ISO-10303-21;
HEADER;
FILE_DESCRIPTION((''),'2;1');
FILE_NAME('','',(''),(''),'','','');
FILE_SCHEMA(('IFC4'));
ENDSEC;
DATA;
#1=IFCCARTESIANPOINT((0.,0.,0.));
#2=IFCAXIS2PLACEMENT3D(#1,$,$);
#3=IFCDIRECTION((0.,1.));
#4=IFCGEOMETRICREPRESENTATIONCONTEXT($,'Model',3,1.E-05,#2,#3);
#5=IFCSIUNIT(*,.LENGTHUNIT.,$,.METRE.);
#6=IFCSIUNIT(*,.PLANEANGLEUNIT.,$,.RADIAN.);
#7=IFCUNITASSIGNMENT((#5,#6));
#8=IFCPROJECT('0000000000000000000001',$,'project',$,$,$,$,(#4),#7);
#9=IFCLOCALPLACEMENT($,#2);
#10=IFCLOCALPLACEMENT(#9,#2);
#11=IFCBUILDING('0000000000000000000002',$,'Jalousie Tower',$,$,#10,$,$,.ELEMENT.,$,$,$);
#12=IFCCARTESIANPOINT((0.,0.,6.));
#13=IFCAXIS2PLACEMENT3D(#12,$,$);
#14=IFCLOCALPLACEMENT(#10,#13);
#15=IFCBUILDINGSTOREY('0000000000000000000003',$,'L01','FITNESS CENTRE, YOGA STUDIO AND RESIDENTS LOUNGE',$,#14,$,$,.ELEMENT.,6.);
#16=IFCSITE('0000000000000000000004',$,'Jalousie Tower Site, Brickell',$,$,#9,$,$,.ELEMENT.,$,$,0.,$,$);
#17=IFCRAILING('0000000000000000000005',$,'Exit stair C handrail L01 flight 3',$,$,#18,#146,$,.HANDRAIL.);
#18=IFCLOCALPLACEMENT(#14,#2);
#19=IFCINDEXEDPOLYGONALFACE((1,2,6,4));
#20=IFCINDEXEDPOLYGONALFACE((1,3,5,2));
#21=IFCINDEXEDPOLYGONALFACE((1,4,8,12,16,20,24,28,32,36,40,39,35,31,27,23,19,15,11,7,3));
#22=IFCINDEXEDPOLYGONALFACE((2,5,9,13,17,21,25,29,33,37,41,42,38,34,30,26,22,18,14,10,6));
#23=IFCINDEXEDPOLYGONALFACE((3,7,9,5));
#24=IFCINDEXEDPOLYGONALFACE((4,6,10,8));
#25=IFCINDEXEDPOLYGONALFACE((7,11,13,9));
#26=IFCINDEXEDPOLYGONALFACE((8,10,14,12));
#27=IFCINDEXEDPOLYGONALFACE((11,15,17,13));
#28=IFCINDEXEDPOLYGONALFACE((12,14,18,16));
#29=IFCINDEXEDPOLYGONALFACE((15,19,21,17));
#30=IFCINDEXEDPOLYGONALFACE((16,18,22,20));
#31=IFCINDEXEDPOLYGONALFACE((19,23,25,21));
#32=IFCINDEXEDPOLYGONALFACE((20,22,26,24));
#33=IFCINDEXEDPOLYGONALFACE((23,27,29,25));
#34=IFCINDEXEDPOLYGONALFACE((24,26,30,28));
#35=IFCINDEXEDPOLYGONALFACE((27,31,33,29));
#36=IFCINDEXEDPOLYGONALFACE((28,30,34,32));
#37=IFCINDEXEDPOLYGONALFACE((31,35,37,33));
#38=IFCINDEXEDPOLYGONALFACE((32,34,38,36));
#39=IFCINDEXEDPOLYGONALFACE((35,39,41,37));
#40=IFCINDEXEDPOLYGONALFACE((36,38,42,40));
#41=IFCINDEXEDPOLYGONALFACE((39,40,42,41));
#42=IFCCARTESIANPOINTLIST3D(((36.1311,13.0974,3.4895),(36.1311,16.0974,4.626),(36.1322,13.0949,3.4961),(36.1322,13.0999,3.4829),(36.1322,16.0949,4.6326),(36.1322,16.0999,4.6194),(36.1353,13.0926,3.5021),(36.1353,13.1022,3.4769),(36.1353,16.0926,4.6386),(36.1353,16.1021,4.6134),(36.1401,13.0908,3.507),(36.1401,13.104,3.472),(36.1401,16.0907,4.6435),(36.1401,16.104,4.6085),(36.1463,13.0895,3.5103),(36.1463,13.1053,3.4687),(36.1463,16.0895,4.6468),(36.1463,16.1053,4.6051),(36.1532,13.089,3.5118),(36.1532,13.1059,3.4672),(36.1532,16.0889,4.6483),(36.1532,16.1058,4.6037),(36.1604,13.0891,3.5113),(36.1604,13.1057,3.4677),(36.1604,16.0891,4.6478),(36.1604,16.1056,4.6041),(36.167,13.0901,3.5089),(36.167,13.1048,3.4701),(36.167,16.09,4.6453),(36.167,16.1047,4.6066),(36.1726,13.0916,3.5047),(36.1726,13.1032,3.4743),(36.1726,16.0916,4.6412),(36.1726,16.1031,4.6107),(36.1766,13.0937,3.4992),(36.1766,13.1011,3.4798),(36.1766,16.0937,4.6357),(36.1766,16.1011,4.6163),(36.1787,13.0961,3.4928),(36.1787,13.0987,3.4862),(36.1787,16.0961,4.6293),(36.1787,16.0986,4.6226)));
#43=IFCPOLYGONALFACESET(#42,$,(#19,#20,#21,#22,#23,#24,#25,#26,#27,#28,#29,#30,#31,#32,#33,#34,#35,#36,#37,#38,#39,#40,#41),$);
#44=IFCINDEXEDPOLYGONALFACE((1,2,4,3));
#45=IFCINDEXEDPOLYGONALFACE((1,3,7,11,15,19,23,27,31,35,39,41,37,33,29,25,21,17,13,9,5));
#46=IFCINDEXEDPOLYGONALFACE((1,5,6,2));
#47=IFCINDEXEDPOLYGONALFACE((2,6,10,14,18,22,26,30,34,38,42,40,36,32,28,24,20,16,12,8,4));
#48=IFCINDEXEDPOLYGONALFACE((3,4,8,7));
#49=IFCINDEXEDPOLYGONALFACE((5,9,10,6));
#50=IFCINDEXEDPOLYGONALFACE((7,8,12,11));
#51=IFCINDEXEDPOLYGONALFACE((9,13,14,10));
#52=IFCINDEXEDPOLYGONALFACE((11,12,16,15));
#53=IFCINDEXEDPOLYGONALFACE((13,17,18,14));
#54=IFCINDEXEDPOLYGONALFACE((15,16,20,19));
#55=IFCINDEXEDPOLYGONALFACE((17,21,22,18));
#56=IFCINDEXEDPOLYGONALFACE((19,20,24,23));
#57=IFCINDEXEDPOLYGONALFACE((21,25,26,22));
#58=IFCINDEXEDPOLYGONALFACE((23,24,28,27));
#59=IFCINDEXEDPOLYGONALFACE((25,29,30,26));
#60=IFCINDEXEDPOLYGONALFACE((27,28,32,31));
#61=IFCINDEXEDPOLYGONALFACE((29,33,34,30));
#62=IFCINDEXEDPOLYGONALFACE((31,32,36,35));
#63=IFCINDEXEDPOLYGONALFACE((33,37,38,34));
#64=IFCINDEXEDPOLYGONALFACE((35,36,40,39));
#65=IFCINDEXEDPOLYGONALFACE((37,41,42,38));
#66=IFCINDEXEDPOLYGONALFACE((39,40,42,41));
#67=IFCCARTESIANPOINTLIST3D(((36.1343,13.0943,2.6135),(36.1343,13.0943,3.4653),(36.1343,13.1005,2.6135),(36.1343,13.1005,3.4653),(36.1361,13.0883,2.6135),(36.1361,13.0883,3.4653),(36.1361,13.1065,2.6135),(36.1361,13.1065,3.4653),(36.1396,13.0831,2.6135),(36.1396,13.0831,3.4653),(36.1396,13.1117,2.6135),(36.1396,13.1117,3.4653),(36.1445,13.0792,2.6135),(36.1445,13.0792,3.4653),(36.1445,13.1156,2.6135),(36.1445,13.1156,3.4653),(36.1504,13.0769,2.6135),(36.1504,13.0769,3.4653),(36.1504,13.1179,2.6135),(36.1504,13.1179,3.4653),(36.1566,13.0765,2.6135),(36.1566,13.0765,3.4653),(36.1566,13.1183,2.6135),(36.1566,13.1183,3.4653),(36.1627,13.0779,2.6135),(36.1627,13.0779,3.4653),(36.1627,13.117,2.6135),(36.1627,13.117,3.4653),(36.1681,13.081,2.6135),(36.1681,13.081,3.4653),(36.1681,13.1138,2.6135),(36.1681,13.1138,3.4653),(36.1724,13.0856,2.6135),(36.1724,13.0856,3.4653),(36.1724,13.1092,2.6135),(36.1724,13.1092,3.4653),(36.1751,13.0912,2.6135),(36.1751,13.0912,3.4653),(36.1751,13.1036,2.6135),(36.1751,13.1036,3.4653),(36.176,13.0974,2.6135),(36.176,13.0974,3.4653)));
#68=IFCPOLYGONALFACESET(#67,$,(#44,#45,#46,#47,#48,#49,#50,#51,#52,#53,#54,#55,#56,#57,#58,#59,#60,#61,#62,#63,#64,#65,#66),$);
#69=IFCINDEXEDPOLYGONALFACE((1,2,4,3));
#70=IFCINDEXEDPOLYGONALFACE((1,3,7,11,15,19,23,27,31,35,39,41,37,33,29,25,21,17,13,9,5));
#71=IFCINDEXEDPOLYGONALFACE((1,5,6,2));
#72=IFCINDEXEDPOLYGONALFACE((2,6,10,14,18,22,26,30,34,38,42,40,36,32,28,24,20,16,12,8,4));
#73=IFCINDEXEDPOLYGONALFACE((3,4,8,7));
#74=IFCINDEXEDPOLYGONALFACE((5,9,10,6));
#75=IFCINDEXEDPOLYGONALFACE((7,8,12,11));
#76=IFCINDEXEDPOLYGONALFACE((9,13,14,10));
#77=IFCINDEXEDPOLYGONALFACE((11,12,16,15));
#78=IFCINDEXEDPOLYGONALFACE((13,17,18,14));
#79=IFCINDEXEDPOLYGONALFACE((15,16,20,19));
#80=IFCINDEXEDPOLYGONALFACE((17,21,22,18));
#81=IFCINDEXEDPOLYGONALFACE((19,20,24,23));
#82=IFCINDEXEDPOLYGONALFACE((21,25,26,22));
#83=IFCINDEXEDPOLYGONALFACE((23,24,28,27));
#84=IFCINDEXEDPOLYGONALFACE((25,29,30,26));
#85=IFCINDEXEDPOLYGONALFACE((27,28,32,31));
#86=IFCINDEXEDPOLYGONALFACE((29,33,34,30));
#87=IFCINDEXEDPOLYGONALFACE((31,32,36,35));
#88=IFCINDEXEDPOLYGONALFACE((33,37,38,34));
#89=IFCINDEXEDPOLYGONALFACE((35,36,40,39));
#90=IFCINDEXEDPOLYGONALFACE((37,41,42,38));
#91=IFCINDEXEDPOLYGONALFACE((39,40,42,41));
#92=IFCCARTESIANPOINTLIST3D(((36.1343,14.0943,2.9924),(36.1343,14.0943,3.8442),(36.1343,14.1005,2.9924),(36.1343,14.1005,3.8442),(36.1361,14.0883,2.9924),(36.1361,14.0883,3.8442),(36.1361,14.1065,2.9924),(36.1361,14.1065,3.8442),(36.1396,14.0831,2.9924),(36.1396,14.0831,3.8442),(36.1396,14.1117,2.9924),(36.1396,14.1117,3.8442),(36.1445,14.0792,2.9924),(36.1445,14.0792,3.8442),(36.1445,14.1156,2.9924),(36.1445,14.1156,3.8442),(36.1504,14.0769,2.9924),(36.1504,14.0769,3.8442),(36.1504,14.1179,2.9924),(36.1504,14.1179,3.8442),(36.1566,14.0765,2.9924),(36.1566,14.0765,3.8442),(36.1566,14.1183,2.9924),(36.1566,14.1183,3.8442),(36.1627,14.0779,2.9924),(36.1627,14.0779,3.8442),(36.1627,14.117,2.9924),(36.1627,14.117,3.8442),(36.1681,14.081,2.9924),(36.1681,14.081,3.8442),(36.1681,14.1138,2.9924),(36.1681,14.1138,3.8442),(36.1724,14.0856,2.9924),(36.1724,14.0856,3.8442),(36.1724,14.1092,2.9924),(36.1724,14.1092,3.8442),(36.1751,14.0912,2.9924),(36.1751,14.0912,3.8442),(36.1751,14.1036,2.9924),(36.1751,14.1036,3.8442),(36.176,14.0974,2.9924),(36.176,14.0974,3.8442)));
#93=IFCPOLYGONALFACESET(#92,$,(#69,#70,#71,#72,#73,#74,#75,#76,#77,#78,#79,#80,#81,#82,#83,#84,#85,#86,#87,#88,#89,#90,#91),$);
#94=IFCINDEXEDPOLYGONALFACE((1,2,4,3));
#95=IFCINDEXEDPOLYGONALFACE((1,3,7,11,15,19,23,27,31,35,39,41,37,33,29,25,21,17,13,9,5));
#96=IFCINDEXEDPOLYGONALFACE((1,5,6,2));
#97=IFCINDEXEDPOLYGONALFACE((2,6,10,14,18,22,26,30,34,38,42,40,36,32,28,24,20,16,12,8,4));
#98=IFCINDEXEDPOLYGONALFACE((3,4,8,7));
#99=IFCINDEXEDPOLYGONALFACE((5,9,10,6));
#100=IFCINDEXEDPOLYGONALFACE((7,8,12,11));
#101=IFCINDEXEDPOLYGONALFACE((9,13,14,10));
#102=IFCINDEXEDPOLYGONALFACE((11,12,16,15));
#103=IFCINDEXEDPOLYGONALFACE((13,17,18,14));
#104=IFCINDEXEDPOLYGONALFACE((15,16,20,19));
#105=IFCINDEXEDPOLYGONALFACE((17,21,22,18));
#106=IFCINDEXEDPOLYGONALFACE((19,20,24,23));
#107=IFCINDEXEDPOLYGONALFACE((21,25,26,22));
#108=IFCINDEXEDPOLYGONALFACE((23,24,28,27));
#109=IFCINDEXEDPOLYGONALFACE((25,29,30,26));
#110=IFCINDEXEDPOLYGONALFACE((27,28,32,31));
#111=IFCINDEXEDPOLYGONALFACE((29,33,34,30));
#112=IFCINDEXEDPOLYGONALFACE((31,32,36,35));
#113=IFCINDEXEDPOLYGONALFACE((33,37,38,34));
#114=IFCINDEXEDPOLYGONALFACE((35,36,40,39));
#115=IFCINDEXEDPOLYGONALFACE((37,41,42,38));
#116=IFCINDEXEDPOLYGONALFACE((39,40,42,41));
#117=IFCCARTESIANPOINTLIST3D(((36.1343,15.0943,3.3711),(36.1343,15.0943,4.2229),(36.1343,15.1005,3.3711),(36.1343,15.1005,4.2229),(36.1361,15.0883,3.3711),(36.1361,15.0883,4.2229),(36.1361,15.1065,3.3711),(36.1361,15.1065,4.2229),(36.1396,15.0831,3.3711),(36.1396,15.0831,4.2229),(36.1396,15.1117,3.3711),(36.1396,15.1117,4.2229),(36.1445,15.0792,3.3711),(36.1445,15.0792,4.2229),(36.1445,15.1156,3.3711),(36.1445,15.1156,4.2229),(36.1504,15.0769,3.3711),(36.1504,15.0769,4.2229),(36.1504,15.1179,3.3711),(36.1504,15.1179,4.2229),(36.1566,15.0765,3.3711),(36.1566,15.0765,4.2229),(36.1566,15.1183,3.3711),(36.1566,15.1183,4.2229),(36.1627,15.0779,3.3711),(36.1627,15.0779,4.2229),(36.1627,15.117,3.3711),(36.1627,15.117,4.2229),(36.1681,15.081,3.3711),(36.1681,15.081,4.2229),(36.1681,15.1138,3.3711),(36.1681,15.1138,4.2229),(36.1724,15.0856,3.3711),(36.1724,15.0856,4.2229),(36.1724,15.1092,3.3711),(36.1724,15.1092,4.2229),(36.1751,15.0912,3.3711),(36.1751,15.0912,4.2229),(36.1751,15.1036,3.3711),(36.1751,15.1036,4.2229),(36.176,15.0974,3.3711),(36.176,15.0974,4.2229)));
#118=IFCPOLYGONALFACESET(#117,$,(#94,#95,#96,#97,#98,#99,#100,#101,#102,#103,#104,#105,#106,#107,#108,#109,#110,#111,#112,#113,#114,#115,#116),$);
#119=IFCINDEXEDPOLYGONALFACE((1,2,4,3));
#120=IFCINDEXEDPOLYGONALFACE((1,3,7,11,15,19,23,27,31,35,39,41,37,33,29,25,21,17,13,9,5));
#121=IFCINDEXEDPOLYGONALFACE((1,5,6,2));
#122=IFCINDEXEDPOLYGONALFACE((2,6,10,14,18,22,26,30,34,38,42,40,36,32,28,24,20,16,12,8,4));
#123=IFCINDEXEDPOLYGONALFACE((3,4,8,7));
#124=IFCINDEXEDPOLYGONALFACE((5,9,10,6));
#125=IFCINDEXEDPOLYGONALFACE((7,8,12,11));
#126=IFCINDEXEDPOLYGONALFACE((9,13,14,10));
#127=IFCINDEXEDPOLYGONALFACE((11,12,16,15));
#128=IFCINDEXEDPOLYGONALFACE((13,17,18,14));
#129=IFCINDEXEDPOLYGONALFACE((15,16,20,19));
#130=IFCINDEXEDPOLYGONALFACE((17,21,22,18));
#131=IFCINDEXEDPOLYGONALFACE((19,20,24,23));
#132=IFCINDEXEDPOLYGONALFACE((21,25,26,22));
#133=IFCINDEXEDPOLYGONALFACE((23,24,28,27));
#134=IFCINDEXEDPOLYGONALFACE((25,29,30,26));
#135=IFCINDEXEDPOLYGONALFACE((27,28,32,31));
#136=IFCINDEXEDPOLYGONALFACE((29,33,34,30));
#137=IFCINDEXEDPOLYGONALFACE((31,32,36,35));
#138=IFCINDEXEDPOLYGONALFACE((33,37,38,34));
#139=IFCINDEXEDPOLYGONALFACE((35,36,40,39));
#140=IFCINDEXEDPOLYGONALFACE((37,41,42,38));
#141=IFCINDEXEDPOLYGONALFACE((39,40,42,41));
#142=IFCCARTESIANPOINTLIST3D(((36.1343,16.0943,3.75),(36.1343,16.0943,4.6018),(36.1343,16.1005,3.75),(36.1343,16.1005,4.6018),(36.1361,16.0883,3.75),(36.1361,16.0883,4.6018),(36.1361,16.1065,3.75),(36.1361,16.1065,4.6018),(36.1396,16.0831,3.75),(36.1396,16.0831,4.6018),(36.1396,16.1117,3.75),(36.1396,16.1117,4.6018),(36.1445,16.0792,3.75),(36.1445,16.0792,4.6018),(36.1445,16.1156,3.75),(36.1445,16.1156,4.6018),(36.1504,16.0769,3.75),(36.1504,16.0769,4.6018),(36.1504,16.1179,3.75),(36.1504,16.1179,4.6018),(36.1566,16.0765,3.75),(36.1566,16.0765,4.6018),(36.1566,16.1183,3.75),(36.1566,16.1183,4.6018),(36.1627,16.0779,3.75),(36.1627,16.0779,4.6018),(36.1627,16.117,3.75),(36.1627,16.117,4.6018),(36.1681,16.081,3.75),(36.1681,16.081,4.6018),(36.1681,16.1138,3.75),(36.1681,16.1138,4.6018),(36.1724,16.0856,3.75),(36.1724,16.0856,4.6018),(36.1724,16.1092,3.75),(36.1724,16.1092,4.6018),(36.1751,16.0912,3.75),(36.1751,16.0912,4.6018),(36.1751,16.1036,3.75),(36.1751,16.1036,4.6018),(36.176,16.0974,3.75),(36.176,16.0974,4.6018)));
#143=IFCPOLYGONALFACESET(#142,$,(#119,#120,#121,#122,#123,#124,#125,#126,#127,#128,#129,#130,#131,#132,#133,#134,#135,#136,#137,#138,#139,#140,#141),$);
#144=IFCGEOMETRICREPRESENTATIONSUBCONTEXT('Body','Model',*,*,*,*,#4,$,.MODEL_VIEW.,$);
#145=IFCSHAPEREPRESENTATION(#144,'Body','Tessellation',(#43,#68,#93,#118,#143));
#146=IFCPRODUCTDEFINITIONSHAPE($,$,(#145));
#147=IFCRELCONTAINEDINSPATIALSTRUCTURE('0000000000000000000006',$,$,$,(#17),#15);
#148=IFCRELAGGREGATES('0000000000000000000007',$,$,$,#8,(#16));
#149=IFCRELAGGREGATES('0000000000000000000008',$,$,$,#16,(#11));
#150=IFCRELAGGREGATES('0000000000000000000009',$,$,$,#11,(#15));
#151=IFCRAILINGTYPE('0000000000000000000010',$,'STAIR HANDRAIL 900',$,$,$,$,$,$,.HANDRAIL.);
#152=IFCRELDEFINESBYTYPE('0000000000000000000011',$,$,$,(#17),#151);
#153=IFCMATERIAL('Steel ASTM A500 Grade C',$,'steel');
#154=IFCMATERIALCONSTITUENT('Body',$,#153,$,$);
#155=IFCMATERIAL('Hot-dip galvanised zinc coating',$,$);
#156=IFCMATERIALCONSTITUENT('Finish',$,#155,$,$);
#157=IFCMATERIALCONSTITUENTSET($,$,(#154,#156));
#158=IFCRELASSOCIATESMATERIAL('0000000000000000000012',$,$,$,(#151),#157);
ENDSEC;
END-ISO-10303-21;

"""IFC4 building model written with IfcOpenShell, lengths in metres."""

from ifc_helpers import new_model, si_unit, direction, frame, origin, origin_2d, place, context, subcontext, project, spatial, circle, extrude, material, constituent, constituent_set, type_object, element, save


model = new_model("IFC4")

# Units and contexts
model_context = context("Model", 3, precision=1e-05, world=origin(), true_north=direction((0.0, 1.0)))
body_context = subcontext(model_context, "Body", "Model", "MODEL_VIEW")
ifc_project = project(units=[si_unit("LENGTHUNIT", "METRE"), si_unit("PLANEANGLEUNIT", "RADIAN")], contexts=[model_context])

# Site, building, storey
site_placement = place(None, origin())
site = spatial("IfcSite", under=ifc_project, at=site_placement, Name="Jalousie Tower Site, Brickell", CompositionType="ELEMENT", RefElevation=0.0)
building_placement = place(site_placement, origin())
building = spatial("IfcBuilding", under=site, at=building_placement, Name="Jalousie Tower", CompositionType="ELEMENT")
storey_placement = place(building_placement, frame((0.0, 0.0, 6.0)))
storey = spatial("IfcBuildingStorey", under=building, at=storey_placement, Name="L01", Description="FITNESS CENTRE, YOGA STUDIO AND RESIDENTS LOUNGE", CompositionType="ELEMENT", Elevation=6.0)

# Railing
ifc_material_1 = material(Name="Steel ASTM A500 Grade C", Category="steel")
ifc_constituent_1 = constituent(ifc_material_1, Name="Body")
ifc_material_2 = material(Name="Hot-dip galvanised zinc coating")
ifc_constituent_2 = constituent(ifc_material_2, Name="Finish")
ifc_constituent_set = constituent_set(constituents=[ifc_constituent_1, ifc_constituent_2])
railing_type = type_object("IfcRailingType", Name="STAIR HANDRAIL 900", PredefinedType="HANDRAIL", material=ifc_constituent_set)
for number, where, name in (
    (1, (36.155, 13.0974, 2.6135), "Exit stair C handrail L01 flight 3"),
):
    element("IfcRailing", number, at=place(storey_placement, frame(where)), inside=storey, type_object=railing_type, Name=name, PredefinedType="HANDRAIL", context=body_context, shape_type="SweptSolid", body=[
        extrude(circle(Radius=0.0239, at=origin_2d()), frame((0.0, 0.0, 0.876), z_axis=(0.0, 0.935148, 0.354257), x_axis=(-1.0, 0.0, 0.0)), (0.0, 0.0, 1.0), 3.208),
        extrude(circle(Radius=0.021, at=origin_2d()), origin(), (0.0, 0.0, 1.0), 0.8518),
        extrude(circle(Radius=0.021, at=origin_2d()), frame((0.0, 1.0, 0.3789)), (0.0, 0.0, 1.0), 0.8518),
        extrude(circle(Radius=0.021, at=origin_2d()), frame((0.0, 2.0, 0.7576)), (0.0, 0.0, 1.0), 0.8518),
        extrude(circle(Radius=0.021, at=origin_2d()), frame((0.0, 3.0, 1.1365)), (0.0, 0.0, 1.0), 0.8518),
    ])

save(model, "model.ifc")
